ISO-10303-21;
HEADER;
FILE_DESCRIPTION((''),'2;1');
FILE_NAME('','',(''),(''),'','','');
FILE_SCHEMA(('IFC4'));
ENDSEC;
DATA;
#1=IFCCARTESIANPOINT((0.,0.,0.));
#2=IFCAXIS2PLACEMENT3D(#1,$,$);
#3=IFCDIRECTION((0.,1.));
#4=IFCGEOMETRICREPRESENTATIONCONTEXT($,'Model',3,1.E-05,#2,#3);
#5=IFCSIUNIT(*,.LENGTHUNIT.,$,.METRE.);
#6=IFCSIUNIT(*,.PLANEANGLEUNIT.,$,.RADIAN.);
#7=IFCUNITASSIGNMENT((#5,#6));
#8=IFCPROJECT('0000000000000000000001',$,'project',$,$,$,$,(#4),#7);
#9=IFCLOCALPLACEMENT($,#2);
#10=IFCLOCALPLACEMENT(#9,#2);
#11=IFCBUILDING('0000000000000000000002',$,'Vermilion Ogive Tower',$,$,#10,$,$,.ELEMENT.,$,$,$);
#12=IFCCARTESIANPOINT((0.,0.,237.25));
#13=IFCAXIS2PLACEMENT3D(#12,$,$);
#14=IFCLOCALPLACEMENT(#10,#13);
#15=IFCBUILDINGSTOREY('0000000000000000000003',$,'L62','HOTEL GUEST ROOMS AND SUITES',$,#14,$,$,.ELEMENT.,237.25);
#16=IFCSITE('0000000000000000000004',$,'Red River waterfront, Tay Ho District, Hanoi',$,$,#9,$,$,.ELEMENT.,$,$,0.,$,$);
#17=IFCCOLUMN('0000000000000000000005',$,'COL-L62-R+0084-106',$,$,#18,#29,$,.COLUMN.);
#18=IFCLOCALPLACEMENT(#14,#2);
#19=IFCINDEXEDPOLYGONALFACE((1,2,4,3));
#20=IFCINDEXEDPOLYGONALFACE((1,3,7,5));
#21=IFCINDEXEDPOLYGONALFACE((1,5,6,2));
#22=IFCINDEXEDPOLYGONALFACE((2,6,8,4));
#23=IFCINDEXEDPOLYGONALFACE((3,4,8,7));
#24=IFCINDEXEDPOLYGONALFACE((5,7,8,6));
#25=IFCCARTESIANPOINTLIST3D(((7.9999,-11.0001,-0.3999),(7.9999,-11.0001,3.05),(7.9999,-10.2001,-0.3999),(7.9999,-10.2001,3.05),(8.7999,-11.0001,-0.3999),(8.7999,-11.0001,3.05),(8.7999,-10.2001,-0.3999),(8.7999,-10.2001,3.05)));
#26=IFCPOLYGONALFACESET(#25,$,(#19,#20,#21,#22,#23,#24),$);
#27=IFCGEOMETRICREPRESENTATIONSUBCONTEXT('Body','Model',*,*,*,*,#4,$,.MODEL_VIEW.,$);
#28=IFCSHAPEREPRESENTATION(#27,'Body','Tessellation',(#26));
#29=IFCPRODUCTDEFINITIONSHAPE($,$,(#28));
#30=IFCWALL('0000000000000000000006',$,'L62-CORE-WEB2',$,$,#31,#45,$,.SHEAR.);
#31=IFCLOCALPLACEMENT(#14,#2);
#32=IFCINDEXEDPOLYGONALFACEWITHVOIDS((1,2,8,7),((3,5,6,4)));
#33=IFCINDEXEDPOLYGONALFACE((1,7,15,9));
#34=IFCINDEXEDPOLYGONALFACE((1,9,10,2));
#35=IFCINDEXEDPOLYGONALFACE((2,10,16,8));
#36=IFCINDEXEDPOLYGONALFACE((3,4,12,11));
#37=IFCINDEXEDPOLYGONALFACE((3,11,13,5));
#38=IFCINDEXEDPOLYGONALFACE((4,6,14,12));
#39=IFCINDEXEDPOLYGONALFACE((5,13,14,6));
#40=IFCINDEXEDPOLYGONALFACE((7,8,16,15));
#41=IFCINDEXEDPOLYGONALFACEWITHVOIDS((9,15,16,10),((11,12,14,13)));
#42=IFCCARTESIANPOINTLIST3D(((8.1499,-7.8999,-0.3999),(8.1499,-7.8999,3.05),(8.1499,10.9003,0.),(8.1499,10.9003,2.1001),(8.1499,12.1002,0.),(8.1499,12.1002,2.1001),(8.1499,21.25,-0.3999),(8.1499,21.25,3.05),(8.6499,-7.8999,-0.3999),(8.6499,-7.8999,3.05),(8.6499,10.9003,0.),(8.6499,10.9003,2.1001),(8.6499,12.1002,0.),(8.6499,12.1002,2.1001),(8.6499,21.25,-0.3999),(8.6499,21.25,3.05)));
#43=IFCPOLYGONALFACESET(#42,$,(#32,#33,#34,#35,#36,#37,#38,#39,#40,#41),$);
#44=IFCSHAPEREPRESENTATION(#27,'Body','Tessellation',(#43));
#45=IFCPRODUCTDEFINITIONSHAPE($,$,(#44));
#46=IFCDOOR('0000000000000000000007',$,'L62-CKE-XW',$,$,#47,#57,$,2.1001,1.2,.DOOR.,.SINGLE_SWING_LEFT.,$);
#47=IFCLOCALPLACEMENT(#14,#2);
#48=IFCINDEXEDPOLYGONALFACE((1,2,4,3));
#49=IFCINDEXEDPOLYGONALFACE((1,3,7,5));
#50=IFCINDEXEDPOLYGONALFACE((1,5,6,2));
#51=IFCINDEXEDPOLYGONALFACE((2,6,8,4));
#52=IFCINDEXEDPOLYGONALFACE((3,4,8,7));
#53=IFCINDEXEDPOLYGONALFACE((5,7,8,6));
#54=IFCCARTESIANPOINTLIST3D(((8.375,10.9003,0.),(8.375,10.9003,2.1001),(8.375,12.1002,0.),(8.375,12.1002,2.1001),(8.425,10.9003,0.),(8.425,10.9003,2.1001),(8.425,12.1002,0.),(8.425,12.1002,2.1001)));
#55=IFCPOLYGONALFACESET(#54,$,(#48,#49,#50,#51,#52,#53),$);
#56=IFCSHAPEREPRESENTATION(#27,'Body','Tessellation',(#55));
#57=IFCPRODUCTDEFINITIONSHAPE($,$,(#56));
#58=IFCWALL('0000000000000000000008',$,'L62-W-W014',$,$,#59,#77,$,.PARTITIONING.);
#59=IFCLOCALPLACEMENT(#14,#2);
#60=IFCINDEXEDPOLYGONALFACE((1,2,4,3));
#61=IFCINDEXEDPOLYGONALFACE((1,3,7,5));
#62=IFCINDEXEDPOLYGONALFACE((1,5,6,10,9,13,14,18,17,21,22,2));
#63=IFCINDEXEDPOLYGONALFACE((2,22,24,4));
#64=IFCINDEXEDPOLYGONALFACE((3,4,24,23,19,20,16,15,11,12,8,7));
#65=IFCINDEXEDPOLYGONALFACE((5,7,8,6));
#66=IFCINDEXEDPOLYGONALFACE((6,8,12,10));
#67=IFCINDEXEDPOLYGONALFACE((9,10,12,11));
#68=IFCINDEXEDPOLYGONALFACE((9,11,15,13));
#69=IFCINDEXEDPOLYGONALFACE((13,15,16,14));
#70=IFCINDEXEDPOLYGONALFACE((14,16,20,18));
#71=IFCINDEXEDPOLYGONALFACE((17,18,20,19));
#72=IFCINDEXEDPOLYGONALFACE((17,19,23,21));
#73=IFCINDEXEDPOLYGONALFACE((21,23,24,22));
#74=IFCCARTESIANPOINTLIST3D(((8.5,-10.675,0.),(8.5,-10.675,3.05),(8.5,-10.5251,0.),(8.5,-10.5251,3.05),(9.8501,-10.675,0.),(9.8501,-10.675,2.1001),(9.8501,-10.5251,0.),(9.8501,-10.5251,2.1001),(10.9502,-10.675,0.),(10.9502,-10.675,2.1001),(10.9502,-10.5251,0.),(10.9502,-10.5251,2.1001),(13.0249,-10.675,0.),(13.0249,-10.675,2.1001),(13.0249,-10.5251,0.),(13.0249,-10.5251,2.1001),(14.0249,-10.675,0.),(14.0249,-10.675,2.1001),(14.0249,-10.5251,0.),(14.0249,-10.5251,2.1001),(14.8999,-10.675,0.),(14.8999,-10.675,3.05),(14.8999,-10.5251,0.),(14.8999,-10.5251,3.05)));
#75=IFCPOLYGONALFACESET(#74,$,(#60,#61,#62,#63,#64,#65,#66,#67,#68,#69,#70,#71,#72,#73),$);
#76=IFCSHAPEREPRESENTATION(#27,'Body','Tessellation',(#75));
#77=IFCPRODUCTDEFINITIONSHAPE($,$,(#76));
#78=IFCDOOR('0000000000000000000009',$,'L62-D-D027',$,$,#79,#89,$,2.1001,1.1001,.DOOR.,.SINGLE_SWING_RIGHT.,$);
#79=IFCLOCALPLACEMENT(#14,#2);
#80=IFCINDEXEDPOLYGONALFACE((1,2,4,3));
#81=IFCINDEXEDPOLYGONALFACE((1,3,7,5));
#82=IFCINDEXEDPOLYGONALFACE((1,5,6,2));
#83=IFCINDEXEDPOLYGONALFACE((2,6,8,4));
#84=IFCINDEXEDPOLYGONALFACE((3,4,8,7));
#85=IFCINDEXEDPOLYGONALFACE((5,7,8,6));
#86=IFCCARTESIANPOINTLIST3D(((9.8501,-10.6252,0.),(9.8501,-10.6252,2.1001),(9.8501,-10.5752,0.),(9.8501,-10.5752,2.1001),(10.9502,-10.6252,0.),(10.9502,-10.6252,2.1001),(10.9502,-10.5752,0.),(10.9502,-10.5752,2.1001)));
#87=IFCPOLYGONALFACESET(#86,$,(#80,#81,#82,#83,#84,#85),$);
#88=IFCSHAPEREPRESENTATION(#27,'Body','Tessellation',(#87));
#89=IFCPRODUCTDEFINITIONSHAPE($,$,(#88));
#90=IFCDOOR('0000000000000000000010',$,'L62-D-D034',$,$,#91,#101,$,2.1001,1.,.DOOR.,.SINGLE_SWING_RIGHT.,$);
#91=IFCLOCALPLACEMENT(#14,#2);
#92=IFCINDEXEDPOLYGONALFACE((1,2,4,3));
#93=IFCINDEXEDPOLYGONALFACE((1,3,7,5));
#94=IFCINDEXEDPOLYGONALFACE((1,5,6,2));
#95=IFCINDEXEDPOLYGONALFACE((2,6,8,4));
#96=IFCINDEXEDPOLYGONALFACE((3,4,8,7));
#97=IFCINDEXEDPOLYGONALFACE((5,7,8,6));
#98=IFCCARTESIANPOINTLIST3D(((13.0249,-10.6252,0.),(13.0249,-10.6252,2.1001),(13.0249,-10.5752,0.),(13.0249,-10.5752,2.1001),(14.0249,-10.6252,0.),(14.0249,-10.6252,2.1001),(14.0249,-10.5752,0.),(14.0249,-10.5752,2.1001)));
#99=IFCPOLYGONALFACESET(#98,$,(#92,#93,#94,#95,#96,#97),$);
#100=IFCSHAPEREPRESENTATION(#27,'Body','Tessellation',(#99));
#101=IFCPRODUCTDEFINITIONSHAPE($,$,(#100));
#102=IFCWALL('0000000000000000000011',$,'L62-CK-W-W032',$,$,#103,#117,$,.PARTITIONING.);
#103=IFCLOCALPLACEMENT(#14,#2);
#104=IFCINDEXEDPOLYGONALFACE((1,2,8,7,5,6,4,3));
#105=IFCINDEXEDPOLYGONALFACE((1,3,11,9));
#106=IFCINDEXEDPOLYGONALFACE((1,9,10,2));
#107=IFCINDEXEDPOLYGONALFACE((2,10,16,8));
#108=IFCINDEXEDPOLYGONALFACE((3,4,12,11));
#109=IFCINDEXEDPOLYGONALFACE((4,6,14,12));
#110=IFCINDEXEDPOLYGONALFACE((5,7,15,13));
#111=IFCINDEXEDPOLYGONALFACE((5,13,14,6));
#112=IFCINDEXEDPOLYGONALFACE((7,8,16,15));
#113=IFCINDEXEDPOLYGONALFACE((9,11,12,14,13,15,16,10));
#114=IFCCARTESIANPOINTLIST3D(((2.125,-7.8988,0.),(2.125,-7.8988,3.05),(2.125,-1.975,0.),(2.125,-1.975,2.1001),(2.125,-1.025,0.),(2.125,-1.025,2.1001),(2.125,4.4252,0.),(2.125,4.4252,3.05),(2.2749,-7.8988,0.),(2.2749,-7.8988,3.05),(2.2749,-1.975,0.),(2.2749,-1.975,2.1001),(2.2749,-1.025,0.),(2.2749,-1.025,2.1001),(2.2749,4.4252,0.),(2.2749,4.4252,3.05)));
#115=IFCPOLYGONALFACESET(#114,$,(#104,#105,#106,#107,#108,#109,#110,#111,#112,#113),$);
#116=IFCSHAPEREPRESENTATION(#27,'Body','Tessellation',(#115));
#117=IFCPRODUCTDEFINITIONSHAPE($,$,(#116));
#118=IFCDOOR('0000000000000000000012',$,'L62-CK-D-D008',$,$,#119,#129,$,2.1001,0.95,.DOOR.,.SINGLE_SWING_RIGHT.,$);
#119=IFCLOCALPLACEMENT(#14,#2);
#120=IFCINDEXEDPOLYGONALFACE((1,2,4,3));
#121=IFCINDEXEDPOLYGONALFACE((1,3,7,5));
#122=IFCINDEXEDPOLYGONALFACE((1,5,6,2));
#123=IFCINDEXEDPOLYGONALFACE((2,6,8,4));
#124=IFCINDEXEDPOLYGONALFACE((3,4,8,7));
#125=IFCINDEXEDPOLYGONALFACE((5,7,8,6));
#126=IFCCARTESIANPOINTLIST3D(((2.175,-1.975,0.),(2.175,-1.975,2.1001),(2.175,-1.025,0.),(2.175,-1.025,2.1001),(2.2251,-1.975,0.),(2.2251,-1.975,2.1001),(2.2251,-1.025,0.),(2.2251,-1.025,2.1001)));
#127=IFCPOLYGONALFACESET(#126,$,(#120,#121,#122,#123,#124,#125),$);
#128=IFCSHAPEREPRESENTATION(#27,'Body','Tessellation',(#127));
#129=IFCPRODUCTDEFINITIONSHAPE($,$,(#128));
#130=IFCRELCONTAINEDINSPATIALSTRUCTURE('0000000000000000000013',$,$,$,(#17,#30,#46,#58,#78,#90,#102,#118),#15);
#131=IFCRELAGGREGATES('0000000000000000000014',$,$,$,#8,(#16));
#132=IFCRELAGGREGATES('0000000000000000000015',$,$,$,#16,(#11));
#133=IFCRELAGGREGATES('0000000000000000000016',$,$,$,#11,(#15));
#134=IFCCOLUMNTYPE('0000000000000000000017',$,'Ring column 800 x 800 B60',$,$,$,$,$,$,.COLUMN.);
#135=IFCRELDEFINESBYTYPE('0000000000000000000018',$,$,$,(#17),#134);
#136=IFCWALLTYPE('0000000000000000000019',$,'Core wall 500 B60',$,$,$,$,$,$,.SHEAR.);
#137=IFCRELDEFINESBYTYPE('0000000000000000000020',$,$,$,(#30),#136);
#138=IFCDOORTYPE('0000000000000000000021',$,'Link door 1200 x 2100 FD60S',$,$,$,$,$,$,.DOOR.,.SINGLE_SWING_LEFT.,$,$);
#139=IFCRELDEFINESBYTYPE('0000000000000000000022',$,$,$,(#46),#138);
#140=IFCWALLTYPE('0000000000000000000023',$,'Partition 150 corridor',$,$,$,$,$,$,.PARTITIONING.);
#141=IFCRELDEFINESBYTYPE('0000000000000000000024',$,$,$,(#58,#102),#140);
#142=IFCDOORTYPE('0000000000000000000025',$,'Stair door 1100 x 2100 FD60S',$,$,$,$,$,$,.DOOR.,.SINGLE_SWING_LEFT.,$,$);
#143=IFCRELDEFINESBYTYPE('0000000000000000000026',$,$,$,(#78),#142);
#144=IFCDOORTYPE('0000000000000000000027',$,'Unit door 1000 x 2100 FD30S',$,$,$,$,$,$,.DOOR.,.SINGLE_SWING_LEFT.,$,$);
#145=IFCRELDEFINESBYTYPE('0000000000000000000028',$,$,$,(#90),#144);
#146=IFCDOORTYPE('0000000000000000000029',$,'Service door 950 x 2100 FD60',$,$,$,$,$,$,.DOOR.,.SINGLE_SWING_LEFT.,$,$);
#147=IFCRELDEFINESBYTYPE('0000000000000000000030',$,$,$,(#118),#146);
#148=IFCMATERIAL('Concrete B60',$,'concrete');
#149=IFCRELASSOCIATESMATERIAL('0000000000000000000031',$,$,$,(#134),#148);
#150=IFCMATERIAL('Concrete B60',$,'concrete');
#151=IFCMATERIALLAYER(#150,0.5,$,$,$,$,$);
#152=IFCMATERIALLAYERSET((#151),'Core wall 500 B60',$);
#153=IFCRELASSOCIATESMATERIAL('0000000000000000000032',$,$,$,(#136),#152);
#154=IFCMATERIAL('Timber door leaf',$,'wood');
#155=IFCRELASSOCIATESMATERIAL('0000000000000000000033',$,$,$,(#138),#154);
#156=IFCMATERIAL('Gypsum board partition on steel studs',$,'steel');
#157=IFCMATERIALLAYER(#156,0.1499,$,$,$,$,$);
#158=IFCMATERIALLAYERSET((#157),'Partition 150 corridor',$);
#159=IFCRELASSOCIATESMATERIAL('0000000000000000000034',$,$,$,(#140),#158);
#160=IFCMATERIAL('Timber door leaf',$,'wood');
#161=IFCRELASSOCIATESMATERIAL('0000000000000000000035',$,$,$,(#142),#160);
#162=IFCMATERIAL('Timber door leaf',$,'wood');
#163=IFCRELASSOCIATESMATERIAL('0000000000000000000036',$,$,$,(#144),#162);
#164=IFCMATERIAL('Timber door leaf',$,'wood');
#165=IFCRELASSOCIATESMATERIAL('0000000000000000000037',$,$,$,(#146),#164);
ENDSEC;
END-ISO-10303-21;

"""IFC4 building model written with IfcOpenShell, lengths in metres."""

from ifc_helpers import new_model, si_unit, direction, frame, frame_2d, origin, origin_2d, place, context, subcontext, project, spatial, rectangle, extrude, material, layer, layer_set, material_profile, profile_set, type_object, element, fill, save


model = new_model("IFC4")

# Units and contexts
model_context = context("Model", 3, precision=1e-05, world=origin(), true_north=direction((0.0, 1.0)))
body_context = subcontext(model_context, "Body", "Model", "MODEL_VIEW")
ifc_project = project(units=[si_unit("LENGTHUNIT", "METRE"), si_unit("PLANEANGLEUNIT", "RADIAN")], contexts=[model_context])

# Site, building, storey
site_placement = place(None, origin())
site = spatial("IfcSite", under=ifc_project, at=site_placement, Name="Red River waterfront, Tay Ho District, Hanoi", CompositionType="ELEMENT", RefElevation=0.0)
building_placement = place(site_placement, origin())
building = spatial("IfcBuilding", under=site, at=building_placement, Name="Vermilion Ogive Tower", CompositionType="ELEMENT")
storey_placement = place(building_placement, frame((0.0, 0.0, 237.25)))
storey = spatial("IfcBuildingStorey", under=building, at=storey_placement, Name="L62", Description="HOTEL GUEST ROOMS AND SUITES", CompositionType="ELEMENT", Elevation=237.25)

# Column
ifc_material_1 = material(Name="Concrete B60", Category="concrete")
ifc_material_profile = material_profile(ifc_material_1, rectangle(XDim=0.8, YDim=0.8, at=origin_2d()), Name="800 x 800")
ifc_profile_set = profile_set([ifc_material_profile], Name="Concrete B60")
column_type = type_object("IfcColumnType", Name="Ring column 800 x 800 B60", PredefinedType="COLUMN", material=ifc_profile_set)
column_placement = place(storey_placement, frame((8.3999, -10.6001, -0.3999), z_axis=(0.0, 0.0, 1.0), x_axis=(1.0, 0.0, 0.0)))
element("IfcColumn", 1, at=column_placement, inside=storey, type_object=column_type, Name="COL-L62-R+0084-106", PredefinedType="COLUMN", context=body_context, shape_type="SweptSolid", body=[
    extrude(rectangle(XDim=0.8, YDim=0.8, at=origin_2d()), origin(), (0.0, 0.0, 1.0), 3.45),
])

# Wall, opening, door
ifc_material_2 = material(Name="Concrete B60", Category="concrete")
ifc_layer_1 = layer(ifc_material_2, 0.5)
ifc_layer_set_1 = layer_set([ifc_layer_1], Name="Core wall 500 B60")
wall_type_1 = type_object("IfcWallType", Name="Core wall 500 B60", PredefinedType="SHEAR", material=ifc_layer_set_1)
wall_1_placement = place(storey_placement, frame((8.3999, -7.8999, -0.3999), z_axis=(0.0, 0.0, 1.0), x_axis=(0.0, 1.0, 0.0)))
wall_1 = element("IfcWall", 2, at=wall_1_placement, inside=storey, type_object=wall_type_1, Name="L62-CORE-WEB2", PredefinedType="SHEAR", context=body_context, shape_type="SweptSolid", body=[
    extrude(rectangle(XDim=29.1499, YDim=0.5, at=frame_2d((14.575, 0.0))), origin(), (0.0, 0.0, 1.0), 3.45),
])
opening_1_placement = place(wall_1_placement, frame((18.8, 0.0, 0.3999)))
opening_1 = element("IfcOpeningElement", 3, at=opening_1_placement, cuts=wall_1, PredefinedType="OPENING", context=body_context, shape_type="SweptSolid", body=[
    extrude(rectangle(XDim=1.2, YDim=2.1001, at=frame_2d((0.6001, 1.05))), frame((0.0, 0.26, 0.0), z_axis=(0.0, -1.0, 0.0), x_axis=(1.0, 0.0, 0.0)), (0.0, 0.0, 1.0), 0.52),
])
ifc_material_3 = material(Name="Timber door leaf", Category="wood")
door_type_1 = type_object("IfcDoorType", Name="Link door 1200 x 2100 FD60S", OperationType="SINGLE_SWING_LEFT", PredefinedType="DOOR", material=ifc_material_3)
door_1_placement = place(opening_1_placement, origin())
door_1 = element("IfcDoor", 4, at=door_1_placement, inside=storey, type_object=door_type_1, Name="L62-CKE-XW", OperationType="SINGLE_SWING_LEFT", OverallHeight=2.1001, OverallWidth=1.2, PredefinedType="DOOR", context=body_context, shape_type="SweptSolid", body=[
    extrude(rectangle(XDim=1.2, YDim=2.1001, at=frame_2d((0.6001, 1.05))), frame((0.0, 0.0249, 0.0), z_axis=(0.0, -1.0, 0.0), x_axis=(1.0, 0.0, 0.0)), (0.0, 0.0, 1.0), 0.05),
])
fill(opening_1, door_1)

# Wall, openings, doors
ifc_material_4 = material(Name="Gypsum board partition on steel studs", Category="steel")
ifc_layer_2 = layer(ifc_material_4, 0.1499)
ifc_layer_set_2 = layer_set([ifc_layer_2], Name="Partition 150 corridor")
wall_type_2 = type_object("IfcWallType", Name="Partition 150 corridor", PredefinedType="PARTITIONING", material=ifc_layer_set_2)
wall_2_placement = place(storey_placement, frame((8.5, -10.6001, 0.0), z_axis=(0.0, 0.0, 1.0), x_axis=(1.0, 0.0, 0.0)))
wall_2 = element("IfcWall", 5, at=wall_2_placement, inside=storey, type_object=wall_type_2, Name="L62-W-W014", PredefinedType="PARTITIONING", context=body_context, shape_type="SweptSolid", body=[
    extrude(rectangle(XDim=6.3999, YDim=0.1499, at=frame_2d((3.2, 0.0))), origin(), (0.0, 0.0, 1.0), 3.05),
])
opening_2_placement = place(wall_2_placement, frame((1.3501, 0.0, 0.0)))
opening_2 = element("IfcOpeningElement", 6, at=opening_2_placement, cuts=wall_2, PredefinedType="OPENING", context=body_context, shape_type="SweptSolid", body=[
    extrude(rectangle(XDim=1.1001, YDim=2.1001, at=frame_2d((0.55, 1.05))), frame((0.0, 0.085, 0.0), z_axis=(0.0, -1.0, 0.0), x_axis=(1.0, 0.0, 0.0)), (0.0, 0.0, 1.0), 0.1699),
])
opening_3_placement = place(wall_2_placement, frame((4.5249, 0.0, 0.0)))
opening_3 = element("IfcOpeningElement", 7, at=opening_3_placement, cuts=wall_2, PredefinedType="OPENING", context=body_context, shape_type="SweptSolid", body=[
    extrude(rectangle(XDim=1.0, YDim=2.1001, at=frame_2d((0.5, 1.05))), frame((0.0, 0.085, 0.0), z_axis=(0.0, -1.0, 0.0), x_axis=(1.0, 0.0, 0.0)), (0.0, 0.0, 1.0), 0.1699),
])
ifc_material_5 = material(Name="Timber door leaf", Category="wood")
door_type_2 = type_object("IfcDoorType", Name="Stair door 1100 x 2100 FD60S", OperationType="SINGLE_SWING_LEFT", PredefinedType="DOOR", material=ifc_material_5)
door_2_placement = place(opening_2_placement, origin())
door_2 = element("IfcDoor", 8, at=door_2_placement, inside=storey, type_object=door_type_2, Name="L62-D-D027", OperationType="SINGLE_SWING_RIGHT", OverallHeight=2.1001, OverallWidth=1.1001, PredefinedType="DOOR", context=body_context, shape_type="SweptSolid", body=[
    extrude(rectangle(XDim=1.1001, YDim=2.1001, at=frame_2d((0.55, 1.05))), frame((0.0, 0.0249, 0.0), z_axis=(0.0, -1.0, 0.0), x_axis=(1.0, 0.0, 0.0)), (0.0, 0.0, 1.0), 0.05),
])
fill(opening_2, door_2)
ifc_material_6 = material(Name="Timber door leaf", Category="wood")
door_type_3 = type_object("IfcDoorType", Name="Unit door 1000 x 2100 FD30S", OperationType="SINGLE_SWING_LEFT", PredefinedType="DOOR", material=ifc_material_6)
door_3_placement = place(opening_3_placement, origin())
door_3 = element("IfcDoor", 9, at=door_3_placement, inside=storey, type_object=door_type_3, Name="L62-D-D034", OperationType="SINGLE_SWING_RIGHT", OverallHeight=2.1001, OverallWidth=1.0, PredefinedType="DOOR", context=body_context, shape_type="SweptSolid", body=[
    extrude(rectangle(XDim=1.0, YDim=2.1001, at=frame_2d((0.5, 1.05))), frame((0.0, 0.0249, 0.0), z_axis=(0.0, -1.0, 0.0), x_axis=(1.0, 0.0, 0.0)), (0.0, 0.0, 1.0), 0.05),
])
fill(opening_3, door_3)

# Wall, opening, door
wall_3_placement = place(storey_placement, frame((2.2, -7.8989, 0.0), z_axis=(0.0, 0.0, 1.0), x_axis=(0.0, 1.0, 0.0)))
wall_3 = element("IfcWall", 10, at=wall_3_placement, inside=storey, type_object=wall_type_2, Name="L62-CK-W-W032", PredefinedType="PARTITIONING", context=body_context, shape_type="SweptSolid", body=[
    extrude(rectangle(XDim=12.324, YDim=0.1499, at=frame_2d((6.1621, 0.0))), origin(), (0.0, 0.0, 1.0), 3.05),
])
opening_4_placement = place(wall_3_placement, frame((5.9238, 0.0, 0.0)))
opening_4 = element("IfcOpeningElement", 11, at=opening_4_placement, cuts=wall_3, PredefinedType="OPENING", context=body_context, shape_type="SweptSolid", body=[
    extrude(rectangle(XDim=0.95, YDim=2.1001, at=frame_2d((0.4751, 1.05))), frame((0.0, 0.085, 0.0), z_axis=(0.0, -1.0, 0.0), x_axis=(1.0, 0.0, 0.0)), (0.0, 0.0, 1.0), 0.1699),
])
ifc_material_7 = material(Name="Timber door leaf", Category="wood")
door_type_4 = type_object("IfcDoorType", Name="Service door 950 x 2100 FD60", OperationType="SINGLE_SWING_LEFT", PredefinedType="DOOR", material=ifc_material_7)
door_4_placement = place(opening_4_placement, origin())
door_4 = element("IfcDoor", 12, at=door_4_placement, inside=storey, type_object=door_type_4, Name="L62-CK-D-D008", OperationType="SINGLE_SWING_RIGHT", OverallHeight=2.1001, OverallWidth=0.95, PredefinedType="DOOR", context=body_context, shape_type="SweptSolid", body=[
    extrude(rectangle(XDim=0.95, YDim=2.1001, at=frame_2d((0.4751, 1.05))), frame((0.0, 0.0249, 0.0), z_axis=(0.0, -1.0, 0.0), x_axis=(1.0, 0.0, 0.0)), (0.0, 0.0, 1.0), 0.05),
])
fill(opening_4, door_4)

save(model, "model.ifc")
